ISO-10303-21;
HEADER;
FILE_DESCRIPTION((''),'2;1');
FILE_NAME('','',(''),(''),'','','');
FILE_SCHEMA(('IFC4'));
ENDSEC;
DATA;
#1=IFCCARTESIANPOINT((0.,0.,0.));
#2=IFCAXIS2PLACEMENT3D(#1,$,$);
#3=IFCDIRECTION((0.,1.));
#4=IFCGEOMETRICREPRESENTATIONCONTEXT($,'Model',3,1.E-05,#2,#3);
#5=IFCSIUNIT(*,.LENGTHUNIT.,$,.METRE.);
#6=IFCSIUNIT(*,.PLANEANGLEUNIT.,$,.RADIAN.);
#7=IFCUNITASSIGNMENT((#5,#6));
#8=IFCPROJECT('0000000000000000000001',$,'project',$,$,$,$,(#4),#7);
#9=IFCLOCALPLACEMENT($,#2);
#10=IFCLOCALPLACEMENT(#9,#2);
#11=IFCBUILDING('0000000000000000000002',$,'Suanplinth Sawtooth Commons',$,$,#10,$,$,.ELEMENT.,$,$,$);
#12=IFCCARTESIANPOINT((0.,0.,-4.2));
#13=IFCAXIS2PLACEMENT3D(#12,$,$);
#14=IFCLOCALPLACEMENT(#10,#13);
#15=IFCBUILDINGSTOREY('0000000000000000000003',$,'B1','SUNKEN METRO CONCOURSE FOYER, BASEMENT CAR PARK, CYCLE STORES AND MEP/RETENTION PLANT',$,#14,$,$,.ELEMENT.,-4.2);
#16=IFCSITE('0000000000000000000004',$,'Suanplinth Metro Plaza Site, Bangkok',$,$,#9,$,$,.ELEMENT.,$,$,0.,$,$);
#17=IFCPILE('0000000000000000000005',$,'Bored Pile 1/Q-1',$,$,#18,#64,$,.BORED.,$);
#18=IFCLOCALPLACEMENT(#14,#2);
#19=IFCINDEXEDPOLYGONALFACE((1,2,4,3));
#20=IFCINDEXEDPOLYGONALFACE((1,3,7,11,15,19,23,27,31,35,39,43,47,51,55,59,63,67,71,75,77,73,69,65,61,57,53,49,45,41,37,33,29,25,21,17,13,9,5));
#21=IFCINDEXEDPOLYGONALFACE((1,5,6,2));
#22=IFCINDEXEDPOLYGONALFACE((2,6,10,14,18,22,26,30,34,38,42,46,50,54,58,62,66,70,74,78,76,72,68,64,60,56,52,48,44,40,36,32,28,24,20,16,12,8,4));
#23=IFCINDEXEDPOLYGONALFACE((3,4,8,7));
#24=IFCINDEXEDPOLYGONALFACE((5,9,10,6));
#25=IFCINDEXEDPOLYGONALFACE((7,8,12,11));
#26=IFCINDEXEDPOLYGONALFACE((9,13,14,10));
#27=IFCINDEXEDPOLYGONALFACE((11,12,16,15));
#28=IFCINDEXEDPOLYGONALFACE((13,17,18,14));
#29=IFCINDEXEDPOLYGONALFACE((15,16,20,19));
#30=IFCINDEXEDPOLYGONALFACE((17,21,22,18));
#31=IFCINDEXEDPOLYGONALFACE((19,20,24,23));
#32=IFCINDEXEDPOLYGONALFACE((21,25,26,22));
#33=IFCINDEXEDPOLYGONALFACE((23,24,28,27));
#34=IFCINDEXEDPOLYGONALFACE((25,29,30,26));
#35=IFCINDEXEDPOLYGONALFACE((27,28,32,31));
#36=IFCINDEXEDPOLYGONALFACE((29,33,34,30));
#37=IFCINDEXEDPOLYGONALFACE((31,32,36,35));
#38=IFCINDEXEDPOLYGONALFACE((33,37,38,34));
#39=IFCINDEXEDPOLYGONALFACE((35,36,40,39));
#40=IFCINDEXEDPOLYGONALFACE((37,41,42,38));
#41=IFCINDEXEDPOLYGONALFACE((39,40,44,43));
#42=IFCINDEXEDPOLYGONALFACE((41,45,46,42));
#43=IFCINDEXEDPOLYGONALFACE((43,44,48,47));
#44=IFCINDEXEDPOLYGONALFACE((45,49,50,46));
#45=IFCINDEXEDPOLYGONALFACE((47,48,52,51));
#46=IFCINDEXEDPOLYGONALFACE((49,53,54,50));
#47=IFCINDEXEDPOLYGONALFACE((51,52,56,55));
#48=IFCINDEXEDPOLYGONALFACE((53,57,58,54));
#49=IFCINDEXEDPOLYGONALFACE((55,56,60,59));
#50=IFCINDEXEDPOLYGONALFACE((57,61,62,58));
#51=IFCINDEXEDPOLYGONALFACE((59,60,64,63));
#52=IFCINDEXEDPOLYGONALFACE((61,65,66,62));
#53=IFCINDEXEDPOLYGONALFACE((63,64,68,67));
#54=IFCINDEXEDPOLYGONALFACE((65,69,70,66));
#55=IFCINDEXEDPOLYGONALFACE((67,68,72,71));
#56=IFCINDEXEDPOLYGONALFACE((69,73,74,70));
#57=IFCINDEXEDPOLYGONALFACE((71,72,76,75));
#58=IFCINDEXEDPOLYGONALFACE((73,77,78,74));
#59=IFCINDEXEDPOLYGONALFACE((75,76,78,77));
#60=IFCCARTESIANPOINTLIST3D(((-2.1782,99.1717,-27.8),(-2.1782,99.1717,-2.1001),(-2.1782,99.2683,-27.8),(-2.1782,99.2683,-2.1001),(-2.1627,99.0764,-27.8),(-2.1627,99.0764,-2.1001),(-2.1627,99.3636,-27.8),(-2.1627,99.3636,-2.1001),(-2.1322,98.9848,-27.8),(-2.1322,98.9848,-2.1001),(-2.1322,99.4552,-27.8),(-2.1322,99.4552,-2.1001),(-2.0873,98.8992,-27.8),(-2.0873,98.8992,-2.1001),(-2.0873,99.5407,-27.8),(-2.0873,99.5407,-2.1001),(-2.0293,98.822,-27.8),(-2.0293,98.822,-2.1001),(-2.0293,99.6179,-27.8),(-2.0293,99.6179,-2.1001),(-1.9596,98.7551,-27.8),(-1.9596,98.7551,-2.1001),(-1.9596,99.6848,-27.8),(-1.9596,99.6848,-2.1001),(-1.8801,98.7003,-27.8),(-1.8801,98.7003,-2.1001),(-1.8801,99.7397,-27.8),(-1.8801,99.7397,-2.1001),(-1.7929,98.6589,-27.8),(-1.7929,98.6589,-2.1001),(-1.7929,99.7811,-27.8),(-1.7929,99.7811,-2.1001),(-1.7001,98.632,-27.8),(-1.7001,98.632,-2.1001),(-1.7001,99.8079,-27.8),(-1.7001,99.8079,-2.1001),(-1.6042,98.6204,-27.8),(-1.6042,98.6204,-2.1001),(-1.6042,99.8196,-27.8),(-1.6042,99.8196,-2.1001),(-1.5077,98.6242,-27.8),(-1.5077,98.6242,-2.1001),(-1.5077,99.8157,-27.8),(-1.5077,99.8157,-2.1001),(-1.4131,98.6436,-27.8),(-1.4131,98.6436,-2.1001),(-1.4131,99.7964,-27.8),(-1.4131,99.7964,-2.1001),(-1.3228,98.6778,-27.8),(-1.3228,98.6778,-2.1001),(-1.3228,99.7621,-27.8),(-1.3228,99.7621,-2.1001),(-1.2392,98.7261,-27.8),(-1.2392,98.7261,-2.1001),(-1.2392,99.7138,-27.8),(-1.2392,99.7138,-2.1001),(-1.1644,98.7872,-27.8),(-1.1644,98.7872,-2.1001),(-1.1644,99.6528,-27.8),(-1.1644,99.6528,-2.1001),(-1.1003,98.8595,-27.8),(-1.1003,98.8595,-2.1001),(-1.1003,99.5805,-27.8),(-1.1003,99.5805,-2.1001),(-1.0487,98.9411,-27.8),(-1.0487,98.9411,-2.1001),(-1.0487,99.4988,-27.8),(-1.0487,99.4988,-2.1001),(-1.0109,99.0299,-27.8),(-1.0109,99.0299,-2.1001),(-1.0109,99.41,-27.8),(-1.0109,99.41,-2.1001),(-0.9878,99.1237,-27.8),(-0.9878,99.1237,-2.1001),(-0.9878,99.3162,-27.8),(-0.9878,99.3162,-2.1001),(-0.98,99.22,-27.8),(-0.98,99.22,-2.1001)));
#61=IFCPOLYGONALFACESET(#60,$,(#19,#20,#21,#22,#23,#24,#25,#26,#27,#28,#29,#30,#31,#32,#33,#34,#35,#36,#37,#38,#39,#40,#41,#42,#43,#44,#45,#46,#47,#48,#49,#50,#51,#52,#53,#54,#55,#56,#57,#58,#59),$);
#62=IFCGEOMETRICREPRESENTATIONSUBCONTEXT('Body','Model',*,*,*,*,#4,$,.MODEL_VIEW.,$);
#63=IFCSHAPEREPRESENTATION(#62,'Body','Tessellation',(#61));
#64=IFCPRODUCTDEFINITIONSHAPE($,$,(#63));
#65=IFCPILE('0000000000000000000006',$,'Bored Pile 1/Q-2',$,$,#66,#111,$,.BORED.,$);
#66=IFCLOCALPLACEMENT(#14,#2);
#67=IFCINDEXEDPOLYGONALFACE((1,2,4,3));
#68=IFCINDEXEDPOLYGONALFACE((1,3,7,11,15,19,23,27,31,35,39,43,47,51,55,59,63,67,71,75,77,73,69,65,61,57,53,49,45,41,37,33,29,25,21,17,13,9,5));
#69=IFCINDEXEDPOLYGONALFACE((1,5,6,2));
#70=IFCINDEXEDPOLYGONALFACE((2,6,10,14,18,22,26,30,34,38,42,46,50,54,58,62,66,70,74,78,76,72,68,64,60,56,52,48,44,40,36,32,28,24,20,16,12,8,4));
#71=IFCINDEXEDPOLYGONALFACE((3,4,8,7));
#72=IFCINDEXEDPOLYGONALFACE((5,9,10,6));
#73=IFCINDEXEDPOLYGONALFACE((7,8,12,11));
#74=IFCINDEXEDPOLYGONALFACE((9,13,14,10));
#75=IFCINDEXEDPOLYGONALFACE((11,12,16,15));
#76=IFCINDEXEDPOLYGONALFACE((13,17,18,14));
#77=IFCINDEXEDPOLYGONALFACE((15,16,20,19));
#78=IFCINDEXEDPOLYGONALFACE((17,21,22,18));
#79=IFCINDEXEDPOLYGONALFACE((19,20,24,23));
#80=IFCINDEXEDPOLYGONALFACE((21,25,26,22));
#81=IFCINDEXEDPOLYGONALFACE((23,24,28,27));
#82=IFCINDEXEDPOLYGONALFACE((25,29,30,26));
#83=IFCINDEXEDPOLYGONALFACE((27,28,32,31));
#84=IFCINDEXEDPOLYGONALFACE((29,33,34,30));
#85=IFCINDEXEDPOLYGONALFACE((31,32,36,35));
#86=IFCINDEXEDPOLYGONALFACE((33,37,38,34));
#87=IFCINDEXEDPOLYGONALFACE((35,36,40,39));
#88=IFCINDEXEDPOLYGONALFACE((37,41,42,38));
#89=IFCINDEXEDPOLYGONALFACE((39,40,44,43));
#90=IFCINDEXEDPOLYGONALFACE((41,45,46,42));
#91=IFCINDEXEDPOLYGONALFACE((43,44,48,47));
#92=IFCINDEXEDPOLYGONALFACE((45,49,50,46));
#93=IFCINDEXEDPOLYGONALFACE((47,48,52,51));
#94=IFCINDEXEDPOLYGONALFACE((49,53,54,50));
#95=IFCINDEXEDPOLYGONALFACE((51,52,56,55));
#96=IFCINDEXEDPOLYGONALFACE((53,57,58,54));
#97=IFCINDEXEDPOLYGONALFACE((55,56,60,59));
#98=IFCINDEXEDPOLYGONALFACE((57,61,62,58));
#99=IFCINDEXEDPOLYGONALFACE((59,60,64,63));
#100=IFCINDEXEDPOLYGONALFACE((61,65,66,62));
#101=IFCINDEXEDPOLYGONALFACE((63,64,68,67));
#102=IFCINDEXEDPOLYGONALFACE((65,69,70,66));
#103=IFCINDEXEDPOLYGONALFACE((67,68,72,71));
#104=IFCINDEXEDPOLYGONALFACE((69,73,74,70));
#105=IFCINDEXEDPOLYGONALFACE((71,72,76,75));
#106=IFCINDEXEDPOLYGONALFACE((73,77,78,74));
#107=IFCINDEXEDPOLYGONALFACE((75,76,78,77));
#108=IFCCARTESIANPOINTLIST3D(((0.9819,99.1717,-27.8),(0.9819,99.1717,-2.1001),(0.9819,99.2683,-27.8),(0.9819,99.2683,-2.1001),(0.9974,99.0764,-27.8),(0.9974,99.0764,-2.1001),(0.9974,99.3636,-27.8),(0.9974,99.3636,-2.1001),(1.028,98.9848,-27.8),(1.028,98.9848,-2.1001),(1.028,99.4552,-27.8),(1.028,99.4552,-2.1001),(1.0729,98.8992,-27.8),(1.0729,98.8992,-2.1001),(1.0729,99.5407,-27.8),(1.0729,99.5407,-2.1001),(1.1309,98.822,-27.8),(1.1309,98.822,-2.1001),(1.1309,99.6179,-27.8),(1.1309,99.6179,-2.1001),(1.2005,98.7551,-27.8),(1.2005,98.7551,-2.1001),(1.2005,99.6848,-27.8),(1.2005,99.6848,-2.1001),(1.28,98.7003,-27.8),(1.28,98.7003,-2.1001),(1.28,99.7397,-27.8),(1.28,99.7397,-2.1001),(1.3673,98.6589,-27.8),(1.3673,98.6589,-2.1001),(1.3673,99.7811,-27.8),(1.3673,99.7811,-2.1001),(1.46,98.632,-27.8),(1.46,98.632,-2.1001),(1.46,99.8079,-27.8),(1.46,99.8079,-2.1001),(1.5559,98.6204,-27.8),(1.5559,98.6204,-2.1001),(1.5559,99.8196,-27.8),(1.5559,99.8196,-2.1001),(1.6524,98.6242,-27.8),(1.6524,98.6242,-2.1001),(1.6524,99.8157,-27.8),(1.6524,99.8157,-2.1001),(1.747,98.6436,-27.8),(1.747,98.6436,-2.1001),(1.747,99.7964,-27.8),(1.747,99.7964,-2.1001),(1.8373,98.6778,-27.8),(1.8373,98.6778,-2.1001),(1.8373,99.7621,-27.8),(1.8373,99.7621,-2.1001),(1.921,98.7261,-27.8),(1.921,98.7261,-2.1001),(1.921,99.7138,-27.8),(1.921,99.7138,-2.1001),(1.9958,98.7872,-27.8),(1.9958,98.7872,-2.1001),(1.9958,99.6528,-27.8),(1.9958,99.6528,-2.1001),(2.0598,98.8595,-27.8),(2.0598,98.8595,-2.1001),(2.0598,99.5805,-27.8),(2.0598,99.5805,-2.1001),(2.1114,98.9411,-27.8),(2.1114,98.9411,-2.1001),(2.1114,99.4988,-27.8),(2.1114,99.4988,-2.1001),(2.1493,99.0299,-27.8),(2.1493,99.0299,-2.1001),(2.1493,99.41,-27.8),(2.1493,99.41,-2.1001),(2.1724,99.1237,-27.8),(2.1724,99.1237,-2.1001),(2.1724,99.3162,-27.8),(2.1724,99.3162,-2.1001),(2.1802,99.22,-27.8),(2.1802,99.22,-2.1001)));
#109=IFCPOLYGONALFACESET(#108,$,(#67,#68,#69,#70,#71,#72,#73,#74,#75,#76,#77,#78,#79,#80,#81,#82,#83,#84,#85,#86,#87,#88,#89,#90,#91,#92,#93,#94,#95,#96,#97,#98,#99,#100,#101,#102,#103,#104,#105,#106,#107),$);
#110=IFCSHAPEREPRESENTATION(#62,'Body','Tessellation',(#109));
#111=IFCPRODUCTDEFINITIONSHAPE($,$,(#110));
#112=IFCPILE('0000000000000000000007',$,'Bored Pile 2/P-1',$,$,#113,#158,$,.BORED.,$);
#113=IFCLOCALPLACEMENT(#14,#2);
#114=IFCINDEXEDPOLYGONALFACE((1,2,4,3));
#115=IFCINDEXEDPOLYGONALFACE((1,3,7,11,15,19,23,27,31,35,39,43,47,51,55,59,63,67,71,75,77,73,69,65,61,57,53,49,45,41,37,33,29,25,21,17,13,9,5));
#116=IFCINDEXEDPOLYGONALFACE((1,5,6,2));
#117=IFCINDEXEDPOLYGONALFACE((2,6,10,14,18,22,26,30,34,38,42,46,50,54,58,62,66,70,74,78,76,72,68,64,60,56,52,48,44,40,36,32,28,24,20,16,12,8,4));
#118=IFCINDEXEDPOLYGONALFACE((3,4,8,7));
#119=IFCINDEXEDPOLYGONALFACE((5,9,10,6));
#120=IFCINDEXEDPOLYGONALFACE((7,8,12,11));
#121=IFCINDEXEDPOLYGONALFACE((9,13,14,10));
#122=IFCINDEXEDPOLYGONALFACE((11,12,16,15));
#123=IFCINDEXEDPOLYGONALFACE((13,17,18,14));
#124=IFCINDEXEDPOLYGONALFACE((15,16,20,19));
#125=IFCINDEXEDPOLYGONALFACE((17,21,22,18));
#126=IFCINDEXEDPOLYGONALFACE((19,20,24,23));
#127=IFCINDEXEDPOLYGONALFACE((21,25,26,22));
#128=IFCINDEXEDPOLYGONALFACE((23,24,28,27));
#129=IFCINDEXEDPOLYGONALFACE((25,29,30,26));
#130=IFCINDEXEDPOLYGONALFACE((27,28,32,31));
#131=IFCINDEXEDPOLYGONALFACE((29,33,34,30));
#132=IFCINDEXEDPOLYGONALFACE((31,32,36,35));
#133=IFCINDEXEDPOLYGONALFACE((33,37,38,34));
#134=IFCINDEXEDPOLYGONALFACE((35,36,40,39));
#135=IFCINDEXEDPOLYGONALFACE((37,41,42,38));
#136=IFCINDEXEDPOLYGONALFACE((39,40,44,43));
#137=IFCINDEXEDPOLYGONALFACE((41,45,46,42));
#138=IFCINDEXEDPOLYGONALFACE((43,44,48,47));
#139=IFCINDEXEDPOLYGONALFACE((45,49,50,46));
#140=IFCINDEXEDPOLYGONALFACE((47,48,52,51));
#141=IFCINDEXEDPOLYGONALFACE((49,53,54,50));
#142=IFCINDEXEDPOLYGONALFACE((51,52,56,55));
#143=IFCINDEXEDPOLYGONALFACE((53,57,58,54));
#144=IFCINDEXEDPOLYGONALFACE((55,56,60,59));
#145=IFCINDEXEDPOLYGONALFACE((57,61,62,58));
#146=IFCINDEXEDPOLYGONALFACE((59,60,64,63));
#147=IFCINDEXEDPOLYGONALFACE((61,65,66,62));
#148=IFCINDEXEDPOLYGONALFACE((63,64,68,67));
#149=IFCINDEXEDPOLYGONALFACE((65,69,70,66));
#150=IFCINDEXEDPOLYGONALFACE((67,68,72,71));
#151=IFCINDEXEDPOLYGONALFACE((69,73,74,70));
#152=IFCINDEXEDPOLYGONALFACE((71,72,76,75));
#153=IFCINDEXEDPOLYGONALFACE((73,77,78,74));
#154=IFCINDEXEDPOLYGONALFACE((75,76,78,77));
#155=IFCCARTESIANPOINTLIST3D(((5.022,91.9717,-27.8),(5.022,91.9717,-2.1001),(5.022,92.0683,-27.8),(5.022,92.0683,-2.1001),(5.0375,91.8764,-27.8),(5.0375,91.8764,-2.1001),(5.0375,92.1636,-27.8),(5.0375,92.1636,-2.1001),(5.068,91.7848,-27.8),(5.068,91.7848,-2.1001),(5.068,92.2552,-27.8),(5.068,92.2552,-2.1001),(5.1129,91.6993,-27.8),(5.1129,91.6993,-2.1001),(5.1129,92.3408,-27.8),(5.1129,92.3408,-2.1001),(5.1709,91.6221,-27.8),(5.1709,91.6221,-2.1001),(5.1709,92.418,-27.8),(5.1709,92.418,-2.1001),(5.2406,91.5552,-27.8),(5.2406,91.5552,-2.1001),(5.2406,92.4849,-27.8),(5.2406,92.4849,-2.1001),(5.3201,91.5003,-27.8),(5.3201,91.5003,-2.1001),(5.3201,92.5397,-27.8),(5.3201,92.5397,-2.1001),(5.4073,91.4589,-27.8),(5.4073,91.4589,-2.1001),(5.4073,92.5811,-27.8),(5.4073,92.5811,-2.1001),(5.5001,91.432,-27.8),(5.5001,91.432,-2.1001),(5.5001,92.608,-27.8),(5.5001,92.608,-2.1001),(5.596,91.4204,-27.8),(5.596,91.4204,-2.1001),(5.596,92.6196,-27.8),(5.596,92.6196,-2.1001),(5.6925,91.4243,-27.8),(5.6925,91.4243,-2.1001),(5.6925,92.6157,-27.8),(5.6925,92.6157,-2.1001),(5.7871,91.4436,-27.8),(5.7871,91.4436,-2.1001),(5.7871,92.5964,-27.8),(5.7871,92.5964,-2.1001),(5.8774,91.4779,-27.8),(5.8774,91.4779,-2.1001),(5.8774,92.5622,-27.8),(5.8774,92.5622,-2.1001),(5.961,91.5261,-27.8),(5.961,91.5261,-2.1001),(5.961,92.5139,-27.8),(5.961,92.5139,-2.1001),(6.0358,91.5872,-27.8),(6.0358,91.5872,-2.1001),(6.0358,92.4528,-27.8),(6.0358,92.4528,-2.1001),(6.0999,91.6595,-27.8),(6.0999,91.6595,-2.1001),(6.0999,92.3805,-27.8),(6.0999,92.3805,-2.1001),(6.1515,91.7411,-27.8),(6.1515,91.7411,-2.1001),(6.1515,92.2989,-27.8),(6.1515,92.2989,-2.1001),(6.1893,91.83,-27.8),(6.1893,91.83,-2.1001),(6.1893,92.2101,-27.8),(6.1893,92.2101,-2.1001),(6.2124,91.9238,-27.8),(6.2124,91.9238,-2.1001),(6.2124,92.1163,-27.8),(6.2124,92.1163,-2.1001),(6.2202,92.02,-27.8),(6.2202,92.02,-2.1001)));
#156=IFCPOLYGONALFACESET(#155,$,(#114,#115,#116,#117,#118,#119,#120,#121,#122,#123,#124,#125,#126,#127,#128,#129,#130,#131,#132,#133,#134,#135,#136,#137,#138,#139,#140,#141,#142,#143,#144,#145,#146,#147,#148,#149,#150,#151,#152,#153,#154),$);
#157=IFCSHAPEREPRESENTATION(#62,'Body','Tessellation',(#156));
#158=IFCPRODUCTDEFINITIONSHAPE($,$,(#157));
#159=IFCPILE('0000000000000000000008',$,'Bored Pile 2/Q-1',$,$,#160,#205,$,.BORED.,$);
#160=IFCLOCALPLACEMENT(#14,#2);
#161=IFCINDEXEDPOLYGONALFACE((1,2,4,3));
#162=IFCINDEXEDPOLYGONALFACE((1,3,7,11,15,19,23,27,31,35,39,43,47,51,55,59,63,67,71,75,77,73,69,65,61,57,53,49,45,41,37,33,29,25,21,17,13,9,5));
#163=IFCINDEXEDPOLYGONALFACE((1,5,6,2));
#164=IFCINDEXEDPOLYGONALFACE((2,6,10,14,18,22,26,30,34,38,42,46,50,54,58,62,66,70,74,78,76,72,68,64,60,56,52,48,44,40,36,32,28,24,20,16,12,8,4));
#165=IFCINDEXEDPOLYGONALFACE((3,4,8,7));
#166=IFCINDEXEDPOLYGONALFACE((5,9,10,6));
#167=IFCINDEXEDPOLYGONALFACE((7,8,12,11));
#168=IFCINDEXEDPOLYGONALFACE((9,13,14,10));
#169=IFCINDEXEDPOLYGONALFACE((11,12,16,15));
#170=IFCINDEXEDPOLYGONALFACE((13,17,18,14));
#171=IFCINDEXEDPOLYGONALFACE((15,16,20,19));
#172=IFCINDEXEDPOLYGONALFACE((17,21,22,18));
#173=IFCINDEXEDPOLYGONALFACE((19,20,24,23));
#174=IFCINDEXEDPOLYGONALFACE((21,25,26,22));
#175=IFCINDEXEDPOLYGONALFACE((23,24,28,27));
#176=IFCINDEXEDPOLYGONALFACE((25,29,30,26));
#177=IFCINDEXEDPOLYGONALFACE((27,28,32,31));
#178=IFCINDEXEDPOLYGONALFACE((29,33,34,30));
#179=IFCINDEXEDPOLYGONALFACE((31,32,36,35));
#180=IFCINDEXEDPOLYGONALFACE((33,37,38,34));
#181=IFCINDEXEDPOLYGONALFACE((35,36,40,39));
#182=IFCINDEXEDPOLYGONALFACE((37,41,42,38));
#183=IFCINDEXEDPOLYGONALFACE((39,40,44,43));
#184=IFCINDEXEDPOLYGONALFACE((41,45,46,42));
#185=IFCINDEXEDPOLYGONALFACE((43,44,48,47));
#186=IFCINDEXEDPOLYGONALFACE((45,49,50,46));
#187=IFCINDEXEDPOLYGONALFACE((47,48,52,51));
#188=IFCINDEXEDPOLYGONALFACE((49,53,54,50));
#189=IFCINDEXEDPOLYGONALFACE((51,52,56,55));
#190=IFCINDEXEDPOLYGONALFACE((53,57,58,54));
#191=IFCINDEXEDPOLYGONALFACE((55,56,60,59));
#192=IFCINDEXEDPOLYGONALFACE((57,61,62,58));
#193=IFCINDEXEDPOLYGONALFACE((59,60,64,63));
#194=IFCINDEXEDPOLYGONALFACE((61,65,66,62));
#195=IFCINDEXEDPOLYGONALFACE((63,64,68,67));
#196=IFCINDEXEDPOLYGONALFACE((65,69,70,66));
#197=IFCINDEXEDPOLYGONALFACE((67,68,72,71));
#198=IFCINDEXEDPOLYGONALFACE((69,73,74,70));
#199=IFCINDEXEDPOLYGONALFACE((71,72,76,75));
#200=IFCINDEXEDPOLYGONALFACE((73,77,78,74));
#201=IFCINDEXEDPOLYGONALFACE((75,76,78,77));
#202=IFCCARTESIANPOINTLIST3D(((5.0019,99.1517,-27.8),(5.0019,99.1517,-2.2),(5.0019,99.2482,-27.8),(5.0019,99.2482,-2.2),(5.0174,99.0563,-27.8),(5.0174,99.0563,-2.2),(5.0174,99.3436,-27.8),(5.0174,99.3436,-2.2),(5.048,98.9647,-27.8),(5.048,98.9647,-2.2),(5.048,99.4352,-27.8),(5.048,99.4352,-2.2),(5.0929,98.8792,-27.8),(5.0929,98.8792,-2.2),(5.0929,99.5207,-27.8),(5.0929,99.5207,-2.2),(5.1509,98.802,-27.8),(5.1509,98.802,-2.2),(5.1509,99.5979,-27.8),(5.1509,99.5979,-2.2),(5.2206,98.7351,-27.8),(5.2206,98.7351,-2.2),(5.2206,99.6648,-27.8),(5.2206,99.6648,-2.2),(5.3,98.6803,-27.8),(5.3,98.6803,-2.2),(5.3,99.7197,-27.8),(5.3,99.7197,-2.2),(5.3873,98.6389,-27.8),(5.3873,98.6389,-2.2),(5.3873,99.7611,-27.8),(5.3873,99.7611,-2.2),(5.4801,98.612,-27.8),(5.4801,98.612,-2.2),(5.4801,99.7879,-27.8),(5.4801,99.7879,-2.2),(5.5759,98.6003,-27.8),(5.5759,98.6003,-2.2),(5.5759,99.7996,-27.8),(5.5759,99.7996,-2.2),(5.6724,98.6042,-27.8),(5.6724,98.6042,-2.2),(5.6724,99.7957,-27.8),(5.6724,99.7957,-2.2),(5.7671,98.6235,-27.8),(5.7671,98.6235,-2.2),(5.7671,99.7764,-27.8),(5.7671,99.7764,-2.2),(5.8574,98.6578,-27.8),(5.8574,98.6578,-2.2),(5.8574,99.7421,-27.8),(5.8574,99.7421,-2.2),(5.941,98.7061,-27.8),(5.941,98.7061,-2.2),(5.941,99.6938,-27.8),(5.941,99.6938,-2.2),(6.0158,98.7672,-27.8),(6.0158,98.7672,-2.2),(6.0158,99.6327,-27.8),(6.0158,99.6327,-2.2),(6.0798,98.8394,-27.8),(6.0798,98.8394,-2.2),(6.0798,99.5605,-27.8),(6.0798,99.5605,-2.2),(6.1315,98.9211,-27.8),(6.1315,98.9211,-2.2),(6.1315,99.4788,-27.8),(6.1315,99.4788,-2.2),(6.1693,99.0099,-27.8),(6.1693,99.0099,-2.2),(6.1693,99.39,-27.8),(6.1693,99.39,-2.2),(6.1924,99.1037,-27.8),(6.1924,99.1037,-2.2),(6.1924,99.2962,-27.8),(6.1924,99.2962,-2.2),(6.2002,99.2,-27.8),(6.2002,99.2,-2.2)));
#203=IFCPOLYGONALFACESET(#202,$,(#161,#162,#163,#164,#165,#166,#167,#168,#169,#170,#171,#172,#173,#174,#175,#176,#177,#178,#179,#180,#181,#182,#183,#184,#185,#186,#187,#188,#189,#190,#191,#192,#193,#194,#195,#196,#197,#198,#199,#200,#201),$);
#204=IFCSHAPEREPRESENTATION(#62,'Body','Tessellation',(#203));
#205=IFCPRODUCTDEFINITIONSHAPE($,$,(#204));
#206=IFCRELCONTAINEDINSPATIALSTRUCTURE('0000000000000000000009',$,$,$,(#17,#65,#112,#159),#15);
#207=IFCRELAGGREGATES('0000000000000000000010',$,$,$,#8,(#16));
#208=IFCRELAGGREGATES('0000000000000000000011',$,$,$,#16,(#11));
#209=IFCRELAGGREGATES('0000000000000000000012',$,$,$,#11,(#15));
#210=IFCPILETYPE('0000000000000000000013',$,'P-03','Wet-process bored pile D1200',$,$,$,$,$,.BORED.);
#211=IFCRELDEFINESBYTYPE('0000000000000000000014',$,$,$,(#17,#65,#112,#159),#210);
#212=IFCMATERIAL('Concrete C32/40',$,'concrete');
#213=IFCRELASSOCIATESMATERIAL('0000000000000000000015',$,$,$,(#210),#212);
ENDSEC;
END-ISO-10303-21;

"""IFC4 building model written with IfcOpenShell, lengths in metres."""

from ifc_helpers import new_model, si_unit, direction, frame, origin, origin_2d, place, context, subcontext, project, spatial, circle, extrude, material, material_profile, profile_set, type_object, element, save


model = new_model("IFC4")

# Units and contexts
model_context = context("Model", 3, precision=1e-05, world=origin(), true_north=direction((0.0, 1.0)))
body_context = subcontext(model_context, "Body", "Model", "MODEL_VIEW")
ifc_project = project(units=[si_unit("LENGTHUNIT", "METRE"), si_unit("PLANEANGLEUNIT", "RADIAN")], contexts=[model_context])

# Site, building, storey
site_placement = place(None, origin())
site = spatial("IfcSite", under=ifc_project, at=site_placement, Name="Suanplinth Metro Plaza Site, Bangkok", CompositionType="ELEMENT", RefElevation=0.0)
building_placement = place(site_placement, origin())
building = spatial("IfcBuilding", under=site, at=building_placement, Name="Suanplinth Sawtooth Commons", CompositionType="ELEMENT")
storey_placement = place(building_placement, frame((0.0, 0.0, -4.2)))
storey = spatial("IfcBuildingStorey", under=building, at=storey_placement, Name="B1", Description="SUNKEN METRO CONCOURSE FOYER, BASEMENT CAR PARK, CYCLE STORES AND MEP/RETENTION PLANT", CompositionType="ELEMENT", Elevation=-4.2)

# Piles
ifc_material_1 = material(Name="Concrete C32/40", Category="concrete")
ifc_material_profile_1 = material_profile(ifc_material_1, circle(Radius=0.6001, at=origin_2d()), Name="PILE D1200")
ifc_profile_set_1 = profile_set([ifc_material_profile_1], Name="Concrete C32/40")
pile_type = type_object("IfcPileType", Name="P-03", Description="Wet-process bored pile D1200", PredefinedType="BORED", material=ifc_profile_set_1)
for number, where, z_axis, x_axis, name in (
    (1, (-1.5801, 99.22, -2.1001), (0.0, 0.0, -1.0), (1.0, 0.0, 0.0), "Bored Pile 1/Q-1"),
    (2, (1.5801, 99.22, -2.1001), (0.0, 0.0, -1.0), (1.0, 0.0, 0.0), "Bored Pile 1/Q-2"),
    (3, (5.6201, 92.02, -2.1001), (0.0, 0.0, -1.0), (1.0, 0.0, 0.0), "Bored Pile 2/P-1"),
):
    element("IfcPile", number, at=place(storey_placement, frame(where, z_axis=z_axis, x_axis=x_axis)), inside=storey, type_object=pile_type, Name=name, PredefinedType="BORED", context=body_context, shape_type="SweptSolid", body=[
        extrude(circle(Radius=0.6001, at=origin_2d()), origin(), (0.0, 0.0, 1.0), 25.7),
    ])
pile_placement = place(storey_placement, frame((5.6001, 99.2, -2.2), z_axis=(0.0, 0.0, -1.0), x_axis=(1.0, 0.0, 0.0)))
element("IfcPile", 4, at=pile_placement, inside=storey, type_object=pile_type, Name="Bored Pile 2/Q-1", PredefinedType="BORED", context=body_context, shape_type="SweptSolid", body=[
    extrude(circle(Radius=0.6001, at=origin_2d()), origin(), (0.0, 0.0, 1.0), 25.6001),
])

save(model, "model.ifc")
